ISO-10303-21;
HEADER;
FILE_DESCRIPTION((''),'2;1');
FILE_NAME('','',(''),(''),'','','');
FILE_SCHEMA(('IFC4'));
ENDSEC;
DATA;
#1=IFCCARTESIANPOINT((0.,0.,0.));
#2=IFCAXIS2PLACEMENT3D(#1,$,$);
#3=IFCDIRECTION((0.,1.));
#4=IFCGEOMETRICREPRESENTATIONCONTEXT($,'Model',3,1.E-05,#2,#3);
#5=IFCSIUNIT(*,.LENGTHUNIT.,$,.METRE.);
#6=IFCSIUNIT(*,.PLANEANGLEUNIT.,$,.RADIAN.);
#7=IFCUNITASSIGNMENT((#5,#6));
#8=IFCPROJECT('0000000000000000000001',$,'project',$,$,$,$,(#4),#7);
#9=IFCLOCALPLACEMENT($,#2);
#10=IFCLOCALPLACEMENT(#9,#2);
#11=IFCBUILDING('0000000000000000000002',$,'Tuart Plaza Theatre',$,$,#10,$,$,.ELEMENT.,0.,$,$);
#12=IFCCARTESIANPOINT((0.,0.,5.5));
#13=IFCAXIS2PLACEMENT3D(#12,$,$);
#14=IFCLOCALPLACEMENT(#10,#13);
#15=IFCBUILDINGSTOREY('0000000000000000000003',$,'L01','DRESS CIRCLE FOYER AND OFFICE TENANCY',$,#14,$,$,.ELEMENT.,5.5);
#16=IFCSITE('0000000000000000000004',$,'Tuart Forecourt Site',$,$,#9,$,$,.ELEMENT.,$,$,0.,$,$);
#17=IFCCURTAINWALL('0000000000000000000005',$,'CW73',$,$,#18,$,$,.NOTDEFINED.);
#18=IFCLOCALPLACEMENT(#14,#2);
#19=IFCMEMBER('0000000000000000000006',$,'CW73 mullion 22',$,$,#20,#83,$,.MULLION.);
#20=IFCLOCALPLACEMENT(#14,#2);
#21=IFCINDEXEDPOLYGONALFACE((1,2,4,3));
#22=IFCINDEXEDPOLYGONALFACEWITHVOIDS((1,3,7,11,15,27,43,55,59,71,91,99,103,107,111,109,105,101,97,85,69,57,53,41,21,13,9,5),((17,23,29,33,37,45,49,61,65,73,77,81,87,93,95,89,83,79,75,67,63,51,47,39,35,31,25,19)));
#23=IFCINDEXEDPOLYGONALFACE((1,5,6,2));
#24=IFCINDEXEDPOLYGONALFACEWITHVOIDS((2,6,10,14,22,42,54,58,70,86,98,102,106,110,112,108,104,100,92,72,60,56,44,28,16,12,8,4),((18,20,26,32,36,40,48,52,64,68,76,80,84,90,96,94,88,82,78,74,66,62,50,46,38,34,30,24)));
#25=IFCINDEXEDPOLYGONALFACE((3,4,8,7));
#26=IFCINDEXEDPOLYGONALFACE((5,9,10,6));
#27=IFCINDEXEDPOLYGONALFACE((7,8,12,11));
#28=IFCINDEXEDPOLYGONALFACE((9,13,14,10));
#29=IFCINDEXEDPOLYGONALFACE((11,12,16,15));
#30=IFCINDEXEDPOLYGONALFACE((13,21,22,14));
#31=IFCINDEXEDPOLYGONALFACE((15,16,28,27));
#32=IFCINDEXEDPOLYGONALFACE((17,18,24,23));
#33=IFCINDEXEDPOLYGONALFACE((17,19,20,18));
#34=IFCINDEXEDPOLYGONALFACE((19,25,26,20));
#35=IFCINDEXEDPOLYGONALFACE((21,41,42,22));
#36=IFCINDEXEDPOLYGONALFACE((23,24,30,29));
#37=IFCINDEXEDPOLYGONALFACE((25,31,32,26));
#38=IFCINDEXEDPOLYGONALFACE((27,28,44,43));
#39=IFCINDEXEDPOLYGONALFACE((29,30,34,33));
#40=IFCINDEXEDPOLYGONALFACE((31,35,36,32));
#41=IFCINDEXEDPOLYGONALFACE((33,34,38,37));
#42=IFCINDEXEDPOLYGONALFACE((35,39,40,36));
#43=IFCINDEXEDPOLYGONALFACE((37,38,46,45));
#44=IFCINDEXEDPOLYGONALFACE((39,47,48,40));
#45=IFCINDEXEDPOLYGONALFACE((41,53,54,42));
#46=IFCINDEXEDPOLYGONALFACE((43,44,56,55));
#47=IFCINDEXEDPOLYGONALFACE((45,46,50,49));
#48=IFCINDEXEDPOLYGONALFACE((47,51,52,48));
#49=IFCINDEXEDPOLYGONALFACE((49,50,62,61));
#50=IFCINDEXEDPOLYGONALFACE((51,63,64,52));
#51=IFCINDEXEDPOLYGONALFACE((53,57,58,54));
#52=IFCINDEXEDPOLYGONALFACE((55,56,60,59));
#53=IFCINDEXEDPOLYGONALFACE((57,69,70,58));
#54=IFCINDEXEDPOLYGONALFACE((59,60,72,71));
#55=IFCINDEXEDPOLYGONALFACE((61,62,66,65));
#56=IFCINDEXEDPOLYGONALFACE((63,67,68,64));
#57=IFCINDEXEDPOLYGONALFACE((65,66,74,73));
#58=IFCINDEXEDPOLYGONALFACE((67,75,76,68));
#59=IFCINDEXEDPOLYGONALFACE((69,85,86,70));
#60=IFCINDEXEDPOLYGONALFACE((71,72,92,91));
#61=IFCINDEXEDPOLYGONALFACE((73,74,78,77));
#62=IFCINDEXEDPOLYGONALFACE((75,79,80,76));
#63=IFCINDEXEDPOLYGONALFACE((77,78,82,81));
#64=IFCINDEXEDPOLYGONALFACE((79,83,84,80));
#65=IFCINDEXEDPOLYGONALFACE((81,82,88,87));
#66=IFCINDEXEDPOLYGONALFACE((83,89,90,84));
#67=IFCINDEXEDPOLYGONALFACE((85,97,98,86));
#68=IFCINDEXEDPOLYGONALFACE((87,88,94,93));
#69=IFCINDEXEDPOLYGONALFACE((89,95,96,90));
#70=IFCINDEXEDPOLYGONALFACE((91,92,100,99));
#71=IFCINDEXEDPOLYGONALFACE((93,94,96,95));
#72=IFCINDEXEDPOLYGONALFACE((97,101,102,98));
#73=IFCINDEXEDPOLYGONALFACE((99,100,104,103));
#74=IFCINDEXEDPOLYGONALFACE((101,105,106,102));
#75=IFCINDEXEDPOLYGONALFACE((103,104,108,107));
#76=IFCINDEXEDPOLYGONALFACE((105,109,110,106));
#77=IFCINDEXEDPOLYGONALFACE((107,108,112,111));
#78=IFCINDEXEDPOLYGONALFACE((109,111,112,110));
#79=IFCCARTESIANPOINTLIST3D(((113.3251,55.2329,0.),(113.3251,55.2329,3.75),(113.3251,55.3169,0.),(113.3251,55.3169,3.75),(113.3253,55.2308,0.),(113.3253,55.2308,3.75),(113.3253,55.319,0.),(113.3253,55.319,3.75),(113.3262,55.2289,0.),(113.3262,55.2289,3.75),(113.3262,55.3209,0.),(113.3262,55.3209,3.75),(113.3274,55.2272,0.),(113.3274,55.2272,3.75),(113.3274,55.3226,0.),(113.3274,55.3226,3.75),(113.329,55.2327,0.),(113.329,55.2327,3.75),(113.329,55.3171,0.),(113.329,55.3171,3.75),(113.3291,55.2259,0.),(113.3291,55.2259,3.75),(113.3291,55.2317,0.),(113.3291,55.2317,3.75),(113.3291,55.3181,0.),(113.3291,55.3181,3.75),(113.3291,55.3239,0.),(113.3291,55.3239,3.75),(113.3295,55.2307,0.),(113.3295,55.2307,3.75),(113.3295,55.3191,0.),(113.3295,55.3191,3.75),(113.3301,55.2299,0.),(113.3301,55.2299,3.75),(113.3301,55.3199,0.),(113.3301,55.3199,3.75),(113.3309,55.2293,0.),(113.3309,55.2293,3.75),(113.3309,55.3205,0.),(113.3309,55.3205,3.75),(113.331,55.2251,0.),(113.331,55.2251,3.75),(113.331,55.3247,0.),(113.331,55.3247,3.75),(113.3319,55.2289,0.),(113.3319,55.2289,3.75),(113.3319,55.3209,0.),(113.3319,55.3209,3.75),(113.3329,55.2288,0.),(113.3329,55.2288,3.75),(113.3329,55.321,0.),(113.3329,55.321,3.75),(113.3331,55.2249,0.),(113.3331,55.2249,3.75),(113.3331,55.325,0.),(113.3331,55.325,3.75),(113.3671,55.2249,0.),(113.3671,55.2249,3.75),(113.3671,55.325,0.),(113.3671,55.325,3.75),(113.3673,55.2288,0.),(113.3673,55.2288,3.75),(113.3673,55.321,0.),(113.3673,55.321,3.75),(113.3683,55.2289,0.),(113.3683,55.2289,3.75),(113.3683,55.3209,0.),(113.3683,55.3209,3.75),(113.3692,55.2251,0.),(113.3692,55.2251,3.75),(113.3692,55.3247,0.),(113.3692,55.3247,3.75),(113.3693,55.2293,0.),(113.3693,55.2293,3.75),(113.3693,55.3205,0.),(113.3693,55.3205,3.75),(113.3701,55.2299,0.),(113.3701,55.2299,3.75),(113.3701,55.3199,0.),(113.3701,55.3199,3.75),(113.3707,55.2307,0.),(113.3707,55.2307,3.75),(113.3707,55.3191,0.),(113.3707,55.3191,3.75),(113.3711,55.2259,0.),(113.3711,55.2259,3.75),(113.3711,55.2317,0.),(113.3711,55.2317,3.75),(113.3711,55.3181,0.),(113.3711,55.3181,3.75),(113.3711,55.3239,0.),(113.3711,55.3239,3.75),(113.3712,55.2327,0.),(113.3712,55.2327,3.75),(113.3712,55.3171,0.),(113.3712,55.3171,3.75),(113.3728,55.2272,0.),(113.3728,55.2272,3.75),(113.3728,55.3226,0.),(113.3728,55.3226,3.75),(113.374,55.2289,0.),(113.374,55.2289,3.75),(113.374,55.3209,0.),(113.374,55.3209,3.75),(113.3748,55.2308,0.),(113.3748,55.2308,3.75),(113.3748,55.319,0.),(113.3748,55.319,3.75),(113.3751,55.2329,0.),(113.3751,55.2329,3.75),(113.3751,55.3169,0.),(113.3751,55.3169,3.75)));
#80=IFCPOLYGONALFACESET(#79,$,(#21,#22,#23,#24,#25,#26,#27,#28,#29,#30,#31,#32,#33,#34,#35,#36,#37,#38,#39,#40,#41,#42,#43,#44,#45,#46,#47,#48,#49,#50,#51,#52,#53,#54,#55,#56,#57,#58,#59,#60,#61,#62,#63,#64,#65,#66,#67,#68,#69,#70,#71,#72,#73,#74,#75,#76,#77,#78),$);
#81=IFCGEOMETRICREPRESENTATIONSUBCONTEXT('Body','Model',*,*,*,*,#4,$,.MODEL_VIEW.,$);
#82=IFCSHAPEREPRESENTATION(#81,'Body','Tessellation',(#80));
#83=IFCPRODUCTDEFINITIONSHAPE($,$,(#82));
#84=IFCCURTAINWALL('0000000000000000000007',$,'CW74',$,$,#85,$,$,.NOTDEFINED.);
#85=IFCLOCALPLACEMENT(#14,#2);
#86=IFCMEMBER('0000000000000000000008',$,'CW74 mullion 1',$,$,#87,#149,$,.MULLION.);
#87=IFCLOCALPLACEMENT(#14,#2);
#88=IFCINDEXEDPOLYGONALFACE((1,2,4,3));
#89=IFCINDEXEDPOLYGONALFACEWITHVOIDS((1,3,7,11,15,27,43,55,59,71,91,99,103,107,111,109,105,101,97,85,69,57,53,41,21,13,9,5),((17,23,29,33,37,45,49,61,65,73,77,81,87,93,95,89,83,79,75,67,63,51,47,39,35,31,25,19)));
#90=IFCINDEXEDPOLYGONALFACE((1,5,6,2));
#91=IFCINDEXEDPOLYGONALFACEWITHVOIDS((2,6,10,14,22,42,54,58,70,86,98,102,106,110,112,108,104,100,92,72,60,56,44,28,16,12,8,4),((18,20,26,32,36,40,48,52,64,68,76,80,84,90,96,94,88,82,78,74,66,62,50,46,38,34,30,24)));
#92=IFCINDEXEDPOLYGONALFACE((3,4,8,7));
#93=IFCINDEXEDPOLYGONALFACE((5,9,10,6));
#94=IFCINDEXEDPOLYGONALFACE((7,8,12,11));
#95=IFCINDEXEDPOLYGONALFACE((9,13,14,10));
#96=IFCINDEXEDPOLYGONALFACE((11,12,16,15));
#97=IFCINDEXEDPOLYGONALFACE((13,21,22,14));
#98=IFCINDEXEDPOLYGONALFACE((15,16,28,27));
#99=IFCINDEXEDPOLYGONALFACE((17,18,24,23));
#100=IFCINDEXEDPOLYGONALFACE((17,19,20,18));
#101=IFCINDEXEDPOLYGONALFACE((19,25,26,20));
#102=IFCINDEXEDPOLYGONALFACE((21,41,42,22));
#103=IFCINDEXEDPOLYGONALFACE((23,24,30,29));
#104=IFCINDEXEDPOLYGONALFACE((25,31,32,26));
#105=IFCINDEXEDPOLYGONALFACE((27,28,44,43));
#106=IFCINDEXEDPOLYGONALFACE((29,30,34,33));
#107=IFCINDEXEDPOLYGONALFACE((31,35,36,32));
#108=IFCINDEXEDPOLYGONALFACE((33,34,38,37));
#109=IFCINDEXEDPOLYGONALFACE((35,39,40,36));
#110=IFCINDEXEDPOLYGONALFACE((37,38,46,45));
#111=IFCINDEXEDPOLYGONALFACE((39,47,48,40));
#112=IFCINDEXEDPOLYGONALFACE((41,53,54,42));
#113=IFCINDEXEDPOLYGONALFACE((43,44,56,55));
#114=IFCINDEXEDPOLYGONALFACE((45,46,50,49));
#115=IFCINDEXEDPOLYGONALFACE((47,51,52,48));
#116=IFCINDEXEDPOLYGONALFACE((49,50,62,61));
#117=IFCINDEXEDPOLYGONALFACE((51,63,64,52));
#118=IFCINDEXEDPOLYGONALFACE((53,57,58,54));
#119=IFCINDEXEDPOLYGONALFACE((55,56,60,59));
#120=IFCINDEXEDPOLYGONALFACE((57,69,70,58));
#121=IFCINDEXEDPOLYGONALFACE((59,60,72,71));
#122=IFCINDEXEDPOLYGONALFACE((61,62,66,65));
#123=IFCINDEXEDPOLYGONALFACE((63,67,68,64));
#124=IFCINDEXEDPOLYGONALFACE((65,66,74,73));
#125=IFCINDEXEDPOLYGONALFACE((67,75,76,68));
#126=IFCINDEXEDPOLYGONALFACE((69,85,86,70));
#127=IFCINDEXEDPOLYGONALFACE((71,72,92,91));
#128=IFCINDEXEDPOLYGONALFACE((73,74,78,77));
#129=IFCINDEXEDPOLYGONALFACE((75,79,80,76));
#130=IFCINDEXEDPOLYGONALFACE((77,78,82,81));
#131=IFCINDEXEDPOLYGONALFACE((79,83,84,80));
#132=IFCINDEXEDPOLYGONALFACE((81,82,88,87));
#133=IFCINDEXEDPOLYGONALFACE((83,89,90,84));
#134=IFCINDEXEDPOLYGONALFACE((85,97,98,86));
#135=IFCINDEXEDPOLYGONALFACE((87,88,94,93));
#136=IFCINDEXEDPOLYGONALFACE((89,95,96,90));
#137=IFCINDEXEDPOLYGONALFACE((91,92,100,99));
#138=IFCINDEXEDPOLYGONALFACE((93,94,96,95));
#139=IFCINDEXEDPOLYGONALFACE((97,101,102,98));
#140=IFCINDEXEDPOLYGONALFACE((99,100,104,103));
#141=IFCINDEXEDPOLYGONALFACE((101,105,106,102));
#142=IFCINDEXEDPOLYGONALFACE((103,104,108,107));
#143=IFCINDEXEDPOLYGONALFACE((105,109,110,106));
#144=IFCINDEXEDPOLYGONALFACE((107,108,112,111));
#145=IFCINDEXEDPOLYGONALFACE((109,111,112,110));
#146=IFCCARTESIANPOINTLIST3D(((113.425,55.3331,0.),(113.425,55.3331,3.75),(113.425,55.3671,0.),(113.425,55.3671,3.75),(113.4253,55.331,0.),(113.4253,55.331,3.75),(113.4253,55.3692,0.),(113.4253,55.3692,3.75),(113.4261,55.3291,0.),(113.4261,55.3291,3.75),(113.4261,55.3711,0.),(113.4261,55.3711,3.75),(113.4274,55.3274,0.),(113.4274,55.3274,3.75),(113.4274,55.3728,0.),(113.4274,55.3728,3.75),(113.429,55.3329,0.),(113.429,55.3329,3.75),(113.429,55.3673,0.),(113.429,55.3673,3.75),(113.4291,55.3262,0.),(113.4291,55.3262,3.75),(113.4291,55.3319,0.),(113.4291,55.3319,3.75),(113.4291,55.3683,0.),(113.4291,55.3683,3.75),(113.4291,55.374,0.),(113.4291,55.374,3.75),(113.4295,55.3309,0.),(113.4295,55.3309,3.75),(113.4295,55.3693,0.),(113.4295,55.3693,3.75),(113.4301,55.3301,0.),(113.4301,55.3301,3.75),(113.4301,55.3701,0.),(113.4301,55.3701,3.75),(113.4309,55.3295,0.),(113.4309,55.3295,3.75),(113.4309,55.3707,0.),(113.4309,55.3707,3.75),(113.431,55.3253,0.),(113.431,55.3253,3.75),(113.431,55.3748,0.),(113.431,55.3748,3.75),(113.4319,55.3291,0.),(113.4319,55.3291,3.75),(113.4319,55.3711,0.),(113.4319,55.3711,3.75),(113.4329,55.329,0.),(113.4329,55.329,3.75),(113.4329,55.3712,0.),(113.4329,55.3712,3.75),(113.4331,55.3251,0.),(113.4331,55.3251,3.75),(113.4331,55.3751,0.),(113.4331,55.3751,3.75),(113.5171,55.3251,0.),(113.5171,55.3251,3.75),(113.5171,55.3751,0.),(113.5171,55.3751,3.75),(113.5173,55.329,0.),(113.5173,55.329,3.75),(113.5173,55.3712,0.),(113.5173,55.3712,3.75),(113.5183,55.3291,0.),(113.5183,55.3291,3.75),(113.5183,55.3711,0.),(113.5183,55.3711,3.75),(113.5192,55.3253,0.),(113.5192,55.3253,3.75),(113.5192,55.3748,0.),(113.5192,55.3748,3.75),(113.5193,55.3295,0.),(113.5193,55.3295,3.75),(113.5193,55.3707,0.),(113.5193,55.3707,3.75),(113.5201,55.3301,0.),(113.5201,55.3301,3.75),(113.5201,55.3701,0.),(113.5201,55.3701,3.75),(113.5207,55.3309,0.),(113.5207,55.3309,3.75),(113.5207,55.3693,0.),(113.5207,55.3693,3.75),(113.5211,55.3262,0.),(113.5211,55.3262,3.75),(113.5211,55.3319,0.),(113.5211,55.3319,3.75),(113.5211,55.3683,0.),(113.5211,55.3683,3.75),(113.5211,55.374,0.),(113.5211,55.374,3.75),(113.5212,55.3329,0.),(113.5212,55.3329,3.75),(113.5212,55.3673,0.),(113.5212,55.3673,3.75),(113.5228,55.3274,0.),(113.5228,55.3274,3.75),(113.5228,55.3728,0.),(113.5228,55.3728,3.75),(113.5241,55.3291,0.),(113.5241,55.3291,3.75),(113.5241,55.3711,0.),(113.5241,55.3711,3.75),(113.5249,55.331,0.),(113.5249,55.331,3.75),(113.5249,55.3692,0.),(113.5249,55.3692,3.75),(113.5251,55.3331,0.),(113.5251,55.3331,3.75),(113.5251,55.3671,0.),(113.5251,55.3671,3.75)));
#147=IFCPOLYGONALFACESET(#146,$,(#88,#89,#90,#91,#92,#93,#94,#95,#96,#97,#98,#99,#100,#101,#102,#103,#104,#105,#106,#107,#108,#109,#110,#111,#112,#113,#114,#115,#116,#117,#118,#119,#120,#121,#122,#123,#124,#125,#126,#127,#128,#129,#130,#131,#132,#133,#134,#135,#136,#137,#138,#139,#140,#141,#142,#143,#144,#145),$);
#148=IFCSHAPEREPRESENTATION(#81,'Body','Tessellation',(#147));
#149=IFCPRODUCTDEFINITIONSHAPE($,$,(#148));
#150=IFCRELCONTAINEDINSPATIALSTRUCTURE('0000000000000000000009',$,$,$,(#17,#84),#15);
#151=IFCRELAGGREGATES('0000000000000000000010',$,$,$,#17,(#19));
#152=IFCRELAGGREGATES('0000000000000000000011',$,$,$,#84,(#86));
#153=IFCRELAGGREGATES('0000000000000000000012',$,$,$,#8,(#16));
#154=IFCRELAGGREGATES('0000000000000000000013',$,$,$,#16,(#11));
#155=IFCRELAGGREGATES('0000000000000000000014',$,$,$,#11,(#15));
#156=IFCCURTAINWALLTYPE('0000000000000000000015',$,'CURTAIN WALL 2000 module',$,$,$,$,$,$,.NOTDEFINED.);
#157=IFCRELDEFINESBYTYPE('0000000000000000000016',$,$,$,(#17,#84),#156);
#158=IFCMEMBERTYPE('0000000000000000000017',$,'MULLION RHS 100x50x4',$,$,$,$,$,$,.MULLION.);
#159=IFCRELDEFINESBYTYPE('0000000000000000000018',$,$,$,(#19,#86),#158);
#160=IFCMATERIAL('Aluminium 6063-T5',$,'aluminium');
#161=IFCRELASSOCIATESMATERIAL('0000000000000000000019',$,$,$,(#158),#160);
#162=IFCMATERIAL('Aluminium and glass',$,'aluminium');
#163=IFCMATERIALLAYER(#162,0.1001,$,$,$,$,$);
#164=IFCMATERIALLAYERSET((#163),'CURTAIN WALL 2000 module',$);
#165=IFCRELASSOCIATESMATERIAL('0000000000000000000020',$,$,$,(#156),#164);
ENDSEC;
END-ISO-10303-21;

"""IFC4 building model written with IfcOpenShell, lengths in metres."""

from ifc_helpers import new_model, si_unit, direction, frame, origin, origin_2d, place, context, subcontext, project, spatial, hollow_rectangle, extrude, material, layer, layer_set, material_profile, profile_set, type_object, element, aggregate, save


model = new_model("IFC4")

# Units and contexts
model_context = context("Model", 3, precision=1e-05, world=origin(), true_north=direction((0.0, 1.0)))
body_context = subcontext(model_context, "Body", "Model", "MODEL_VIEW")
ifc_project = project(units=[si_unit("LENGTHUNIT", "METRE"), si_unit("PLANEANGLEUNIT", "RADIAN")], contexts=[model_context])

# Site, building, storey
site_placement = place(None, origin())
site = spatial("IfcSite", under=ifc_project, at=site_placement, Name="Tuart Forecourt Site", CompositionType="ELEMENT", RefElevation=0.0)
building_placement = place(site_placement, origin())
building = spatial("IfcBuilding", under=site, at=building_placement, Name="Tuart Plaza Theatre", CompositionType="ELEMENT", ElevationOfRefHeight=0.0)
storey_placement = place(building_placement, frame((0.0, 0.0, 5.5)))
storey = spatial("IfcBuildingStorey", under=building, at=storey_placement, Name="L01", Description="DRESS CIRCLE FOYER AND OFFICE TENANCY", CompositionType="ELEMENT", Elevation=5.5)

# Curtain wall, member
ifc_material_1 = material(Name="Aluminium 6063-T5", Category="aluminium")
ifc_material_profile_1 = material_profile(ifc_material_1, hollow_rectangle(XDim=0.05, YDim=0.1001, WallThickness=0.0039, InnerFilletRadius=0.0039, OuterFilletRadius=0.0081, at=origin_2d()), Name="RHS 100x50x4")
ifc_profile_set_1 = profile_set([ifc_material_profile_1], Name="Aluminium 6063-T5")
member_type_1 = type_object("IfcMemberType", Name="MULLION RHS 100x50x4", PredefinedType="MULLION", material=ifc_profile_set_1)
ifc_material_2 = material(Name="Aluminium and glass", Category="aluminium")
ifc_layer_1 = layer(ifc_material_2, 0.1001)
ifc_layer_set_1 = layer_set([ifc_layer_1], Name="CURTAIN WALL 2000 module")
curtain_wall_type_1 = type_object("IfcCurtainWallType", Name="CURTAIN WALL 2000 module", PredefinedType="NOTDEFINED", material=ifc_layer_set_1)
curtain_wall_1_placement = place(storey_placement, origin())
curtain_wall_1 = element("IfcCurtainWall", 1, at=curtain_wall_1_placement, inside=storey, type_object=curtain_wall_type_1, Name="CW73", PredefinedType="NOTDEFINED")
member_1_placement = place(storey_placement, frame((113.3501, 55.2749, 0.0), z_axis=(0.0, 0.0, 1.0), x_axis=(1.0, 0.0, 0.0)))
member_1 = element("IfcMember", 2, at=member_1_placement, type_object=member_type_1, Name="CW73 mullion 22", PredefinedType="MULLION", context=body_context, shape_type="SweptSolid", body=[
    extrude(hollow_rectangle(XDim=0.05, YDim=0.1001, WallThickness=0.0039, InnerFilletRadius=0.0039, OuterFilletRadius=0.0081, at=origin_2d()), origin(), (0.0, 0.0, 1.0), 3.75),
])
aggregate(curtain_wall_1, [member_1])

# Curtain wall, member
curtain_wall_2_placement = place(storey_placement, origin())
curtain_wall_2 = element("IfcCurtainWall", 3, at=curtain_wall_2_placement, inside=storey, type_object=curtain_wall_type_1, Name="CW74", PredefinedType="NOTDEFINED")
member_2_placement = place(storey_placement, frame((113.4751, 55.3501, 0.0), z_axis=(0.0, 0.0, 1.0), x_axis=(0.0, 1.0, 0.0)))
member_2 = element("IfcMember", 4, at=member_2_placement, type_object=member_type_1, Name="CW74 mullion 1", PredefinedType="MULLION", context=body_context, shape_type="SweptSolid", body=[
    extrude(hollow_rectangle(XDim=0.05, YDim=0.1001, WallThickness=0.0039, InnerFilletRadius=0.0039, OuterFilletRadius=0.0081, at=origin_2d()), origin(), (0.0, 0.0, 1.0), 3.75),
])

aggregate(curtain_wall_2, [member_2])

save(model, "model.ifc")
